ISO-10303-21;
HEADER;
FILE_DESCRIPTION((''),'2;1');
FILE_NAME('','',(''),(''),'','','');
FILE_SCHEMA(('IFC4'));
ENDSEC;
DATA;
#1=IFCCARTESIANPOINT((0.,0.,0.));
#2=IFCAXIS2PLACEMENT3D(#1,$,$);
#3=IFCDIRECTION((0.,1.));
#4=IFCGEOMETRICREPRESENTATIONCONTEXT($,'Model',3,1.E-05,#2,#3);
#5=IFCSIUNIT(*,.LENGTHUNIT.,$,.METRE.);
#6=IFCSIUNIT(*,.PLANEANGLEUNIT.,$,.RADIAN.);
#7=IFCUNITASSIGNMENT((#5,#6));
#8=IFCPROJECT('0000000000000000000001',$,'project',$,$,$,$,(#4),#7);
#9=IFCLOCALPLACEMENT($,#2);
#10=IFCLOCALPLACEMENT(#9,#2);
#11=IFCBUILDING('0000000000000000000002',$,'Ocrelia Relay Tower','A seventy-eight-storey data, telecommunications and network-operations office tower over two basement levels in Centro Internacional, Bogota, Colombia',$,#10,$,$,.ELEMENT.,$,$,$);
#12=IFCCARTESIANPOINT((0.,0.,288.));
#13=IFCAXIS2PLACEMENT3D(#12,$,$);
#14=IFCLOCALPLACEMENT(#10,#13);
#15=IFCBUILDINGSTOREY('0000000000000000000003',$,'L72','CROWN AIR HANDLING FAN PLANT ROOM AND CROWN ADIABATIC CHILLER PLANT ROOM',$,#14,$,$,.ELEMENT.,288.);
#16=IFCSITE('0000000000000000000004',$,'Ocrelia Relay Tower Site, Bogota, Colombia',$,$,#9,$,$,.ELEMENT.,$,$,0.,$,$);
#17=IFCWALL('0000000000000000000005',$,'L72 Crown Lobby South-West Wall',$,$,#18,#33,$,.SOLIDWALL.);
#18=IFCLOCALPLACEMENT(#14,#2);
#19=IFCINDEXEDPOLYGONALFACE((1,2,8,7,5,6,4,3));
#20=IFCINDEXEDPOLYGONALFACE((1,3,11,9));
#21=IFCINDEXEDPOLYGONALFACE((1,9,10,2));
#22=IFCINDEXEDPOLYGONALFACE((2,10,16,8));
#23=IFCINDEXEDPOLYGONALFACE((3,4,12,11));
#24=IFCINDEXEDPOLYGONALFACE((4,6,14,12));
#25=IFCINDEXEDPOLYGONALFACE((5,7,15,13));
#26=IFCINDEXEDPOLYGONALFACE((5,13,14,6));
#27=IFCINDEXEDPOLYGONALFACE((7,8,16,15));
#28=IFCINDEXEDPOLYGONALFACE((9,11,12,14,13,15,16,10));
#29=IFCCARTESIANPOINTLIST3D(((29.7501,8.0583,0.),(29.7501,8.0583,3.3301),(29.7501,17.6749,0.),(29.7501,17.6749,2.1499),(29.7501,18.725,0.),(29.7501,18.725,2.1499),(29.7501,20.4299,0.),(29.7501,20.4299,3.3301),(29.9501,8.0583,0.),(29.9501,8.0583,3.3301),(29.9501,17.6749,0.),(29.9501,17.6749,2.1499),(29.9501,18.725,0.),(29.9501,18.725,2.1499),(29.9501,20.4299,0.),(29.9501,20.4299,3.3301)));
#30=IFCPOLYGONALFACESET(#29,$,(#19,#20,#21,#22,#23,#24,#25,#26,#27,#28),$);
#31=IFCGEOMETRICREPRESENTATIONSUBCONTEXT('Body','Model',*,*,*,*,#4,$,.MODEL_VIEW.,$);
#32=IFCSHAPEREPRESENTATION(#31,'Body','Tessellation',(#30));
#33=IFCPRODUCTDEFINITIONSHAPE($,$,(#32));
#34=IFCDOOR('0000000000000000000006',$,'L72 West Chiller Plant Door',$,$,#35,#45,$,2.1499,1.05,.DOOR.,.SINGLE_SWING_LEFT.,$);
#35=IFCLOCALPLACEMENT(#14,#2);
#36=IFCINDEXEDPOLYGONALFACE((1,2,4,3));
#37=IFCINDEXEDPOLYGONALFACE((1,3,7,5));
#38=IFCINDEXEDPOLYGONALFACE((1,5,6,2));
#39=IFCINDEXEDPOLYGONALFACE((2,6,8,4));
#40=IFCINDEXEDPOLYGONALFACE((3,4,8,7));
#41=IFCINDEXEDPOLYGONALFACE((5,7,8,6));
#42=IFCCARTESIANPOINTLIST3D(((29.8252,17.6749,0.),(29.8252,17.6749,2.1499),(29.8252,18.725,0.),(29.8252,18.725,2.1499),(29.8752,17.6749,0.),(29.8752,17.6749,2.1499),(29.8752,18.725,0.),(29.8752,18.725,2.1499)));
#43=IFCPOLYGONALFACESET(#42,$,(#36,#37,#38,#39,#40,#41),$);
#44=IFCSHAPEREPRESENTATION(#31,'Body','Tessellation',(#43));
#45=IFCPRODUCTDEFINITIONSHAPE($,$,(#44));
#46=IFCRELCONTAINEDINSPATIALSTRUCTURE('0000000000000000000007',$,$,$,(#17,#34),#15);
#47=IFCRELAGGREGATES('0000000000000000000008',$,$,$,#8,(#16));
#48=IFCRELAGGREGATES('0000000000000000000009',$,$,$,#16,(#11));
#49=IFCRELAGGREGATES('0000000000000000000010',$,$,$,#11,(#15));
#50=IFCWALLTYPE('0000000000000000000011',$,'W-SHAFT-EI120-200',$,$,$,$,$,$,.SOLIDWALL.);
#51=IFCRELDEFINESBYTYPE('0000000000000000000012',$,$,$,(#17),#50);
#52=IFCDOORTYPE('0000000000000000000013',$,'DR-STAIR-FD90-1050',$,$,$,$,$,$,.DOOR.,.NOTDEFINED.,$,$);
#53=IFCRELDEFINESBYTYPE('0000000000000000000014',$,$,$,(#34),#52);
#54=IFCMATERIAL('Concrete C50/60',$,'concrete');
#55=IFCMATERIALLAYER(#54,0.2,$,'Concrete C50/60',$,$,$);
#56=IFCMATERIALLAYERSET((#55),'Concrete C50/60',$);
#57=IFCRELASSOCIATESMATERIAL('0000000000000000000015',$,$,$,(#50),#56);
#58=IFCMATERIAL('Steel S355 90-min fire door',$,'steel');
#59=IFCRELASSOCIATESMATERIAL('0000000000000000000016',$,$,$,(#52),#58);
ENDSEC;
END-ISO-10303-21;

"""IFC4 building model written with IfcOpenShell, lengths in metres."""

from ifc_helpers import new_model, si_unit, direction, frame, frame_2d, origin, place, context, subcontext, project, spatial, rectangle, extrude, material, layer, layer_set, type_object, element, fill, save


model = new_model("IFC4")

# Units and contexts
model_context = context("Model", 3, precision=1e-05, world=origin(), true_north=direction((0.0, 1.0)))
body_context = subcontext(model_context, "Body", "Model", "MODEL_VIEW")
ifc_project = project(units=[si_unit("LENGTHUNIT", "METRE"), si_unit("PLANEANGLEUNIT", "RADIAN")], contexts=[model_context])

# Site, building, storey
site_placement = place(None, origin())
site = spatial("IfcSite", under=ifc_project, at=site_placement, Name="Ocrelia Relay Tower Site, Bogota, Colombia", CompositionType="ELEMENT", RefElevation=0.0)
building_placement = place(site_placement, origin())
building = spatial("IfcBuilding", under=site, at=building_placement, Name="Ocrelia Relay Tower", Description="A seventy-eight-storey data, telecommunications and network-operations office tower over two basement levels in Centro Internacional, Bogota, Colombia", CompositionType="ELEMENT")
storey_placement = place(building_placement, frame((0.0, 0.0, 288.0)))
storey = spatial("IfcBuildingStorey", under=building, at=storey_placement, Name="L72", Description="CROWN AIR HANDLING FAN PLANT ROOM AND CROWN ADIABATIC CHILLER PLANT ROOM", CompositionType="ELEMENT", Elevation=288.0)

# Wall, opening, door
ifc_material_1 = material(Name="Concrete C50/60", Category="concrete")
ifc_layer_1 = layer(ifc_material_1, 0.2, Name="Concrete C50/60")
ifc_layer_set_1 = layer_set([ifc_layer_1], Name="Concrete C50/60")
wall_type = type_object("IfcWallType", Name="W-SHAFT-EI120-200", PredefinedType="SOLIDWALL", material=ifc_layer_set_1)
wall_placement = place(storey_placement, frame((29.8501, 8.0583, 0.0), z_axis=(0.0, 0.0, 1.0), x_axis=(0.0, 1.0, 0.0)))
wall = element("IfcWall", 1, at=wall_placement, inside=storey, type_object=wall_type, Name="L72 Crown Lobby South-West Wall", PredefinedType="SOLIDWALL", context=body_context, shape_type="SweptSolid", body=[
    extrude(rectangle(XDim=12.3716, YDim=0.2, at=frame_2d((6.1858, 0.0))), origin(), (0.0, 0.0, 1.0), 3.3301),
])
opening_placement = place(wall_placement, frame((9.6167, 0.0, 0.0)))
opening = element("IfcOpeningElement", 2, at=opening_placement, cuts=wall, PredefinedType="OPENING", context=body_context, shape_type="SweptSolid", body=[
    extrude(rectangle(XDim=1.05, YDim=2.1499, at=frame_2d((0.5249, 1.075))), frame((0.0, 0.1099, 0.0), z_axis=(0.0, -1.0, 0.0), x_axis=(1.0, 0.0, 0.0)), (0.0, 0.0, 1.0), 0.22),
])
ifc_material_2 = material(Name="Steel S355 90-min fire door", Category="steel")
door_type = type_object("IfcDoorType", Name="DR-STAIR-FD90-1050", OperationType="NOTDEFINED", PredefinedType="DOOR", material=ifc_material_2)
door_placement = place(opening_placement, origin())
door = element("IfcDoor", 3, at=door_placement, inside=storey, type_object=door_type, Name="L72 West Chiller Plant Door", OperationType="SINGLE_SWING_LEFT", OverallHeight=2.1499, OverallWidth=1.05, PredefinedType="DOOR", context=body_context, shape_type="SweptSolid", body=[
    extrude(rectangle(XDim=1.05, YDim=2.1499, at=frame_2d((0.5249, 1.075))), frame((0.0, 0.0249, 0.0), z_axis=(0.0, -1.0, 0.0), x_axis=(1.0, 0.0, 0.0)), (0.0, 0.0, 1.0), 0.05),
])
fill(opening, door)

save(model, "model.ifc")
